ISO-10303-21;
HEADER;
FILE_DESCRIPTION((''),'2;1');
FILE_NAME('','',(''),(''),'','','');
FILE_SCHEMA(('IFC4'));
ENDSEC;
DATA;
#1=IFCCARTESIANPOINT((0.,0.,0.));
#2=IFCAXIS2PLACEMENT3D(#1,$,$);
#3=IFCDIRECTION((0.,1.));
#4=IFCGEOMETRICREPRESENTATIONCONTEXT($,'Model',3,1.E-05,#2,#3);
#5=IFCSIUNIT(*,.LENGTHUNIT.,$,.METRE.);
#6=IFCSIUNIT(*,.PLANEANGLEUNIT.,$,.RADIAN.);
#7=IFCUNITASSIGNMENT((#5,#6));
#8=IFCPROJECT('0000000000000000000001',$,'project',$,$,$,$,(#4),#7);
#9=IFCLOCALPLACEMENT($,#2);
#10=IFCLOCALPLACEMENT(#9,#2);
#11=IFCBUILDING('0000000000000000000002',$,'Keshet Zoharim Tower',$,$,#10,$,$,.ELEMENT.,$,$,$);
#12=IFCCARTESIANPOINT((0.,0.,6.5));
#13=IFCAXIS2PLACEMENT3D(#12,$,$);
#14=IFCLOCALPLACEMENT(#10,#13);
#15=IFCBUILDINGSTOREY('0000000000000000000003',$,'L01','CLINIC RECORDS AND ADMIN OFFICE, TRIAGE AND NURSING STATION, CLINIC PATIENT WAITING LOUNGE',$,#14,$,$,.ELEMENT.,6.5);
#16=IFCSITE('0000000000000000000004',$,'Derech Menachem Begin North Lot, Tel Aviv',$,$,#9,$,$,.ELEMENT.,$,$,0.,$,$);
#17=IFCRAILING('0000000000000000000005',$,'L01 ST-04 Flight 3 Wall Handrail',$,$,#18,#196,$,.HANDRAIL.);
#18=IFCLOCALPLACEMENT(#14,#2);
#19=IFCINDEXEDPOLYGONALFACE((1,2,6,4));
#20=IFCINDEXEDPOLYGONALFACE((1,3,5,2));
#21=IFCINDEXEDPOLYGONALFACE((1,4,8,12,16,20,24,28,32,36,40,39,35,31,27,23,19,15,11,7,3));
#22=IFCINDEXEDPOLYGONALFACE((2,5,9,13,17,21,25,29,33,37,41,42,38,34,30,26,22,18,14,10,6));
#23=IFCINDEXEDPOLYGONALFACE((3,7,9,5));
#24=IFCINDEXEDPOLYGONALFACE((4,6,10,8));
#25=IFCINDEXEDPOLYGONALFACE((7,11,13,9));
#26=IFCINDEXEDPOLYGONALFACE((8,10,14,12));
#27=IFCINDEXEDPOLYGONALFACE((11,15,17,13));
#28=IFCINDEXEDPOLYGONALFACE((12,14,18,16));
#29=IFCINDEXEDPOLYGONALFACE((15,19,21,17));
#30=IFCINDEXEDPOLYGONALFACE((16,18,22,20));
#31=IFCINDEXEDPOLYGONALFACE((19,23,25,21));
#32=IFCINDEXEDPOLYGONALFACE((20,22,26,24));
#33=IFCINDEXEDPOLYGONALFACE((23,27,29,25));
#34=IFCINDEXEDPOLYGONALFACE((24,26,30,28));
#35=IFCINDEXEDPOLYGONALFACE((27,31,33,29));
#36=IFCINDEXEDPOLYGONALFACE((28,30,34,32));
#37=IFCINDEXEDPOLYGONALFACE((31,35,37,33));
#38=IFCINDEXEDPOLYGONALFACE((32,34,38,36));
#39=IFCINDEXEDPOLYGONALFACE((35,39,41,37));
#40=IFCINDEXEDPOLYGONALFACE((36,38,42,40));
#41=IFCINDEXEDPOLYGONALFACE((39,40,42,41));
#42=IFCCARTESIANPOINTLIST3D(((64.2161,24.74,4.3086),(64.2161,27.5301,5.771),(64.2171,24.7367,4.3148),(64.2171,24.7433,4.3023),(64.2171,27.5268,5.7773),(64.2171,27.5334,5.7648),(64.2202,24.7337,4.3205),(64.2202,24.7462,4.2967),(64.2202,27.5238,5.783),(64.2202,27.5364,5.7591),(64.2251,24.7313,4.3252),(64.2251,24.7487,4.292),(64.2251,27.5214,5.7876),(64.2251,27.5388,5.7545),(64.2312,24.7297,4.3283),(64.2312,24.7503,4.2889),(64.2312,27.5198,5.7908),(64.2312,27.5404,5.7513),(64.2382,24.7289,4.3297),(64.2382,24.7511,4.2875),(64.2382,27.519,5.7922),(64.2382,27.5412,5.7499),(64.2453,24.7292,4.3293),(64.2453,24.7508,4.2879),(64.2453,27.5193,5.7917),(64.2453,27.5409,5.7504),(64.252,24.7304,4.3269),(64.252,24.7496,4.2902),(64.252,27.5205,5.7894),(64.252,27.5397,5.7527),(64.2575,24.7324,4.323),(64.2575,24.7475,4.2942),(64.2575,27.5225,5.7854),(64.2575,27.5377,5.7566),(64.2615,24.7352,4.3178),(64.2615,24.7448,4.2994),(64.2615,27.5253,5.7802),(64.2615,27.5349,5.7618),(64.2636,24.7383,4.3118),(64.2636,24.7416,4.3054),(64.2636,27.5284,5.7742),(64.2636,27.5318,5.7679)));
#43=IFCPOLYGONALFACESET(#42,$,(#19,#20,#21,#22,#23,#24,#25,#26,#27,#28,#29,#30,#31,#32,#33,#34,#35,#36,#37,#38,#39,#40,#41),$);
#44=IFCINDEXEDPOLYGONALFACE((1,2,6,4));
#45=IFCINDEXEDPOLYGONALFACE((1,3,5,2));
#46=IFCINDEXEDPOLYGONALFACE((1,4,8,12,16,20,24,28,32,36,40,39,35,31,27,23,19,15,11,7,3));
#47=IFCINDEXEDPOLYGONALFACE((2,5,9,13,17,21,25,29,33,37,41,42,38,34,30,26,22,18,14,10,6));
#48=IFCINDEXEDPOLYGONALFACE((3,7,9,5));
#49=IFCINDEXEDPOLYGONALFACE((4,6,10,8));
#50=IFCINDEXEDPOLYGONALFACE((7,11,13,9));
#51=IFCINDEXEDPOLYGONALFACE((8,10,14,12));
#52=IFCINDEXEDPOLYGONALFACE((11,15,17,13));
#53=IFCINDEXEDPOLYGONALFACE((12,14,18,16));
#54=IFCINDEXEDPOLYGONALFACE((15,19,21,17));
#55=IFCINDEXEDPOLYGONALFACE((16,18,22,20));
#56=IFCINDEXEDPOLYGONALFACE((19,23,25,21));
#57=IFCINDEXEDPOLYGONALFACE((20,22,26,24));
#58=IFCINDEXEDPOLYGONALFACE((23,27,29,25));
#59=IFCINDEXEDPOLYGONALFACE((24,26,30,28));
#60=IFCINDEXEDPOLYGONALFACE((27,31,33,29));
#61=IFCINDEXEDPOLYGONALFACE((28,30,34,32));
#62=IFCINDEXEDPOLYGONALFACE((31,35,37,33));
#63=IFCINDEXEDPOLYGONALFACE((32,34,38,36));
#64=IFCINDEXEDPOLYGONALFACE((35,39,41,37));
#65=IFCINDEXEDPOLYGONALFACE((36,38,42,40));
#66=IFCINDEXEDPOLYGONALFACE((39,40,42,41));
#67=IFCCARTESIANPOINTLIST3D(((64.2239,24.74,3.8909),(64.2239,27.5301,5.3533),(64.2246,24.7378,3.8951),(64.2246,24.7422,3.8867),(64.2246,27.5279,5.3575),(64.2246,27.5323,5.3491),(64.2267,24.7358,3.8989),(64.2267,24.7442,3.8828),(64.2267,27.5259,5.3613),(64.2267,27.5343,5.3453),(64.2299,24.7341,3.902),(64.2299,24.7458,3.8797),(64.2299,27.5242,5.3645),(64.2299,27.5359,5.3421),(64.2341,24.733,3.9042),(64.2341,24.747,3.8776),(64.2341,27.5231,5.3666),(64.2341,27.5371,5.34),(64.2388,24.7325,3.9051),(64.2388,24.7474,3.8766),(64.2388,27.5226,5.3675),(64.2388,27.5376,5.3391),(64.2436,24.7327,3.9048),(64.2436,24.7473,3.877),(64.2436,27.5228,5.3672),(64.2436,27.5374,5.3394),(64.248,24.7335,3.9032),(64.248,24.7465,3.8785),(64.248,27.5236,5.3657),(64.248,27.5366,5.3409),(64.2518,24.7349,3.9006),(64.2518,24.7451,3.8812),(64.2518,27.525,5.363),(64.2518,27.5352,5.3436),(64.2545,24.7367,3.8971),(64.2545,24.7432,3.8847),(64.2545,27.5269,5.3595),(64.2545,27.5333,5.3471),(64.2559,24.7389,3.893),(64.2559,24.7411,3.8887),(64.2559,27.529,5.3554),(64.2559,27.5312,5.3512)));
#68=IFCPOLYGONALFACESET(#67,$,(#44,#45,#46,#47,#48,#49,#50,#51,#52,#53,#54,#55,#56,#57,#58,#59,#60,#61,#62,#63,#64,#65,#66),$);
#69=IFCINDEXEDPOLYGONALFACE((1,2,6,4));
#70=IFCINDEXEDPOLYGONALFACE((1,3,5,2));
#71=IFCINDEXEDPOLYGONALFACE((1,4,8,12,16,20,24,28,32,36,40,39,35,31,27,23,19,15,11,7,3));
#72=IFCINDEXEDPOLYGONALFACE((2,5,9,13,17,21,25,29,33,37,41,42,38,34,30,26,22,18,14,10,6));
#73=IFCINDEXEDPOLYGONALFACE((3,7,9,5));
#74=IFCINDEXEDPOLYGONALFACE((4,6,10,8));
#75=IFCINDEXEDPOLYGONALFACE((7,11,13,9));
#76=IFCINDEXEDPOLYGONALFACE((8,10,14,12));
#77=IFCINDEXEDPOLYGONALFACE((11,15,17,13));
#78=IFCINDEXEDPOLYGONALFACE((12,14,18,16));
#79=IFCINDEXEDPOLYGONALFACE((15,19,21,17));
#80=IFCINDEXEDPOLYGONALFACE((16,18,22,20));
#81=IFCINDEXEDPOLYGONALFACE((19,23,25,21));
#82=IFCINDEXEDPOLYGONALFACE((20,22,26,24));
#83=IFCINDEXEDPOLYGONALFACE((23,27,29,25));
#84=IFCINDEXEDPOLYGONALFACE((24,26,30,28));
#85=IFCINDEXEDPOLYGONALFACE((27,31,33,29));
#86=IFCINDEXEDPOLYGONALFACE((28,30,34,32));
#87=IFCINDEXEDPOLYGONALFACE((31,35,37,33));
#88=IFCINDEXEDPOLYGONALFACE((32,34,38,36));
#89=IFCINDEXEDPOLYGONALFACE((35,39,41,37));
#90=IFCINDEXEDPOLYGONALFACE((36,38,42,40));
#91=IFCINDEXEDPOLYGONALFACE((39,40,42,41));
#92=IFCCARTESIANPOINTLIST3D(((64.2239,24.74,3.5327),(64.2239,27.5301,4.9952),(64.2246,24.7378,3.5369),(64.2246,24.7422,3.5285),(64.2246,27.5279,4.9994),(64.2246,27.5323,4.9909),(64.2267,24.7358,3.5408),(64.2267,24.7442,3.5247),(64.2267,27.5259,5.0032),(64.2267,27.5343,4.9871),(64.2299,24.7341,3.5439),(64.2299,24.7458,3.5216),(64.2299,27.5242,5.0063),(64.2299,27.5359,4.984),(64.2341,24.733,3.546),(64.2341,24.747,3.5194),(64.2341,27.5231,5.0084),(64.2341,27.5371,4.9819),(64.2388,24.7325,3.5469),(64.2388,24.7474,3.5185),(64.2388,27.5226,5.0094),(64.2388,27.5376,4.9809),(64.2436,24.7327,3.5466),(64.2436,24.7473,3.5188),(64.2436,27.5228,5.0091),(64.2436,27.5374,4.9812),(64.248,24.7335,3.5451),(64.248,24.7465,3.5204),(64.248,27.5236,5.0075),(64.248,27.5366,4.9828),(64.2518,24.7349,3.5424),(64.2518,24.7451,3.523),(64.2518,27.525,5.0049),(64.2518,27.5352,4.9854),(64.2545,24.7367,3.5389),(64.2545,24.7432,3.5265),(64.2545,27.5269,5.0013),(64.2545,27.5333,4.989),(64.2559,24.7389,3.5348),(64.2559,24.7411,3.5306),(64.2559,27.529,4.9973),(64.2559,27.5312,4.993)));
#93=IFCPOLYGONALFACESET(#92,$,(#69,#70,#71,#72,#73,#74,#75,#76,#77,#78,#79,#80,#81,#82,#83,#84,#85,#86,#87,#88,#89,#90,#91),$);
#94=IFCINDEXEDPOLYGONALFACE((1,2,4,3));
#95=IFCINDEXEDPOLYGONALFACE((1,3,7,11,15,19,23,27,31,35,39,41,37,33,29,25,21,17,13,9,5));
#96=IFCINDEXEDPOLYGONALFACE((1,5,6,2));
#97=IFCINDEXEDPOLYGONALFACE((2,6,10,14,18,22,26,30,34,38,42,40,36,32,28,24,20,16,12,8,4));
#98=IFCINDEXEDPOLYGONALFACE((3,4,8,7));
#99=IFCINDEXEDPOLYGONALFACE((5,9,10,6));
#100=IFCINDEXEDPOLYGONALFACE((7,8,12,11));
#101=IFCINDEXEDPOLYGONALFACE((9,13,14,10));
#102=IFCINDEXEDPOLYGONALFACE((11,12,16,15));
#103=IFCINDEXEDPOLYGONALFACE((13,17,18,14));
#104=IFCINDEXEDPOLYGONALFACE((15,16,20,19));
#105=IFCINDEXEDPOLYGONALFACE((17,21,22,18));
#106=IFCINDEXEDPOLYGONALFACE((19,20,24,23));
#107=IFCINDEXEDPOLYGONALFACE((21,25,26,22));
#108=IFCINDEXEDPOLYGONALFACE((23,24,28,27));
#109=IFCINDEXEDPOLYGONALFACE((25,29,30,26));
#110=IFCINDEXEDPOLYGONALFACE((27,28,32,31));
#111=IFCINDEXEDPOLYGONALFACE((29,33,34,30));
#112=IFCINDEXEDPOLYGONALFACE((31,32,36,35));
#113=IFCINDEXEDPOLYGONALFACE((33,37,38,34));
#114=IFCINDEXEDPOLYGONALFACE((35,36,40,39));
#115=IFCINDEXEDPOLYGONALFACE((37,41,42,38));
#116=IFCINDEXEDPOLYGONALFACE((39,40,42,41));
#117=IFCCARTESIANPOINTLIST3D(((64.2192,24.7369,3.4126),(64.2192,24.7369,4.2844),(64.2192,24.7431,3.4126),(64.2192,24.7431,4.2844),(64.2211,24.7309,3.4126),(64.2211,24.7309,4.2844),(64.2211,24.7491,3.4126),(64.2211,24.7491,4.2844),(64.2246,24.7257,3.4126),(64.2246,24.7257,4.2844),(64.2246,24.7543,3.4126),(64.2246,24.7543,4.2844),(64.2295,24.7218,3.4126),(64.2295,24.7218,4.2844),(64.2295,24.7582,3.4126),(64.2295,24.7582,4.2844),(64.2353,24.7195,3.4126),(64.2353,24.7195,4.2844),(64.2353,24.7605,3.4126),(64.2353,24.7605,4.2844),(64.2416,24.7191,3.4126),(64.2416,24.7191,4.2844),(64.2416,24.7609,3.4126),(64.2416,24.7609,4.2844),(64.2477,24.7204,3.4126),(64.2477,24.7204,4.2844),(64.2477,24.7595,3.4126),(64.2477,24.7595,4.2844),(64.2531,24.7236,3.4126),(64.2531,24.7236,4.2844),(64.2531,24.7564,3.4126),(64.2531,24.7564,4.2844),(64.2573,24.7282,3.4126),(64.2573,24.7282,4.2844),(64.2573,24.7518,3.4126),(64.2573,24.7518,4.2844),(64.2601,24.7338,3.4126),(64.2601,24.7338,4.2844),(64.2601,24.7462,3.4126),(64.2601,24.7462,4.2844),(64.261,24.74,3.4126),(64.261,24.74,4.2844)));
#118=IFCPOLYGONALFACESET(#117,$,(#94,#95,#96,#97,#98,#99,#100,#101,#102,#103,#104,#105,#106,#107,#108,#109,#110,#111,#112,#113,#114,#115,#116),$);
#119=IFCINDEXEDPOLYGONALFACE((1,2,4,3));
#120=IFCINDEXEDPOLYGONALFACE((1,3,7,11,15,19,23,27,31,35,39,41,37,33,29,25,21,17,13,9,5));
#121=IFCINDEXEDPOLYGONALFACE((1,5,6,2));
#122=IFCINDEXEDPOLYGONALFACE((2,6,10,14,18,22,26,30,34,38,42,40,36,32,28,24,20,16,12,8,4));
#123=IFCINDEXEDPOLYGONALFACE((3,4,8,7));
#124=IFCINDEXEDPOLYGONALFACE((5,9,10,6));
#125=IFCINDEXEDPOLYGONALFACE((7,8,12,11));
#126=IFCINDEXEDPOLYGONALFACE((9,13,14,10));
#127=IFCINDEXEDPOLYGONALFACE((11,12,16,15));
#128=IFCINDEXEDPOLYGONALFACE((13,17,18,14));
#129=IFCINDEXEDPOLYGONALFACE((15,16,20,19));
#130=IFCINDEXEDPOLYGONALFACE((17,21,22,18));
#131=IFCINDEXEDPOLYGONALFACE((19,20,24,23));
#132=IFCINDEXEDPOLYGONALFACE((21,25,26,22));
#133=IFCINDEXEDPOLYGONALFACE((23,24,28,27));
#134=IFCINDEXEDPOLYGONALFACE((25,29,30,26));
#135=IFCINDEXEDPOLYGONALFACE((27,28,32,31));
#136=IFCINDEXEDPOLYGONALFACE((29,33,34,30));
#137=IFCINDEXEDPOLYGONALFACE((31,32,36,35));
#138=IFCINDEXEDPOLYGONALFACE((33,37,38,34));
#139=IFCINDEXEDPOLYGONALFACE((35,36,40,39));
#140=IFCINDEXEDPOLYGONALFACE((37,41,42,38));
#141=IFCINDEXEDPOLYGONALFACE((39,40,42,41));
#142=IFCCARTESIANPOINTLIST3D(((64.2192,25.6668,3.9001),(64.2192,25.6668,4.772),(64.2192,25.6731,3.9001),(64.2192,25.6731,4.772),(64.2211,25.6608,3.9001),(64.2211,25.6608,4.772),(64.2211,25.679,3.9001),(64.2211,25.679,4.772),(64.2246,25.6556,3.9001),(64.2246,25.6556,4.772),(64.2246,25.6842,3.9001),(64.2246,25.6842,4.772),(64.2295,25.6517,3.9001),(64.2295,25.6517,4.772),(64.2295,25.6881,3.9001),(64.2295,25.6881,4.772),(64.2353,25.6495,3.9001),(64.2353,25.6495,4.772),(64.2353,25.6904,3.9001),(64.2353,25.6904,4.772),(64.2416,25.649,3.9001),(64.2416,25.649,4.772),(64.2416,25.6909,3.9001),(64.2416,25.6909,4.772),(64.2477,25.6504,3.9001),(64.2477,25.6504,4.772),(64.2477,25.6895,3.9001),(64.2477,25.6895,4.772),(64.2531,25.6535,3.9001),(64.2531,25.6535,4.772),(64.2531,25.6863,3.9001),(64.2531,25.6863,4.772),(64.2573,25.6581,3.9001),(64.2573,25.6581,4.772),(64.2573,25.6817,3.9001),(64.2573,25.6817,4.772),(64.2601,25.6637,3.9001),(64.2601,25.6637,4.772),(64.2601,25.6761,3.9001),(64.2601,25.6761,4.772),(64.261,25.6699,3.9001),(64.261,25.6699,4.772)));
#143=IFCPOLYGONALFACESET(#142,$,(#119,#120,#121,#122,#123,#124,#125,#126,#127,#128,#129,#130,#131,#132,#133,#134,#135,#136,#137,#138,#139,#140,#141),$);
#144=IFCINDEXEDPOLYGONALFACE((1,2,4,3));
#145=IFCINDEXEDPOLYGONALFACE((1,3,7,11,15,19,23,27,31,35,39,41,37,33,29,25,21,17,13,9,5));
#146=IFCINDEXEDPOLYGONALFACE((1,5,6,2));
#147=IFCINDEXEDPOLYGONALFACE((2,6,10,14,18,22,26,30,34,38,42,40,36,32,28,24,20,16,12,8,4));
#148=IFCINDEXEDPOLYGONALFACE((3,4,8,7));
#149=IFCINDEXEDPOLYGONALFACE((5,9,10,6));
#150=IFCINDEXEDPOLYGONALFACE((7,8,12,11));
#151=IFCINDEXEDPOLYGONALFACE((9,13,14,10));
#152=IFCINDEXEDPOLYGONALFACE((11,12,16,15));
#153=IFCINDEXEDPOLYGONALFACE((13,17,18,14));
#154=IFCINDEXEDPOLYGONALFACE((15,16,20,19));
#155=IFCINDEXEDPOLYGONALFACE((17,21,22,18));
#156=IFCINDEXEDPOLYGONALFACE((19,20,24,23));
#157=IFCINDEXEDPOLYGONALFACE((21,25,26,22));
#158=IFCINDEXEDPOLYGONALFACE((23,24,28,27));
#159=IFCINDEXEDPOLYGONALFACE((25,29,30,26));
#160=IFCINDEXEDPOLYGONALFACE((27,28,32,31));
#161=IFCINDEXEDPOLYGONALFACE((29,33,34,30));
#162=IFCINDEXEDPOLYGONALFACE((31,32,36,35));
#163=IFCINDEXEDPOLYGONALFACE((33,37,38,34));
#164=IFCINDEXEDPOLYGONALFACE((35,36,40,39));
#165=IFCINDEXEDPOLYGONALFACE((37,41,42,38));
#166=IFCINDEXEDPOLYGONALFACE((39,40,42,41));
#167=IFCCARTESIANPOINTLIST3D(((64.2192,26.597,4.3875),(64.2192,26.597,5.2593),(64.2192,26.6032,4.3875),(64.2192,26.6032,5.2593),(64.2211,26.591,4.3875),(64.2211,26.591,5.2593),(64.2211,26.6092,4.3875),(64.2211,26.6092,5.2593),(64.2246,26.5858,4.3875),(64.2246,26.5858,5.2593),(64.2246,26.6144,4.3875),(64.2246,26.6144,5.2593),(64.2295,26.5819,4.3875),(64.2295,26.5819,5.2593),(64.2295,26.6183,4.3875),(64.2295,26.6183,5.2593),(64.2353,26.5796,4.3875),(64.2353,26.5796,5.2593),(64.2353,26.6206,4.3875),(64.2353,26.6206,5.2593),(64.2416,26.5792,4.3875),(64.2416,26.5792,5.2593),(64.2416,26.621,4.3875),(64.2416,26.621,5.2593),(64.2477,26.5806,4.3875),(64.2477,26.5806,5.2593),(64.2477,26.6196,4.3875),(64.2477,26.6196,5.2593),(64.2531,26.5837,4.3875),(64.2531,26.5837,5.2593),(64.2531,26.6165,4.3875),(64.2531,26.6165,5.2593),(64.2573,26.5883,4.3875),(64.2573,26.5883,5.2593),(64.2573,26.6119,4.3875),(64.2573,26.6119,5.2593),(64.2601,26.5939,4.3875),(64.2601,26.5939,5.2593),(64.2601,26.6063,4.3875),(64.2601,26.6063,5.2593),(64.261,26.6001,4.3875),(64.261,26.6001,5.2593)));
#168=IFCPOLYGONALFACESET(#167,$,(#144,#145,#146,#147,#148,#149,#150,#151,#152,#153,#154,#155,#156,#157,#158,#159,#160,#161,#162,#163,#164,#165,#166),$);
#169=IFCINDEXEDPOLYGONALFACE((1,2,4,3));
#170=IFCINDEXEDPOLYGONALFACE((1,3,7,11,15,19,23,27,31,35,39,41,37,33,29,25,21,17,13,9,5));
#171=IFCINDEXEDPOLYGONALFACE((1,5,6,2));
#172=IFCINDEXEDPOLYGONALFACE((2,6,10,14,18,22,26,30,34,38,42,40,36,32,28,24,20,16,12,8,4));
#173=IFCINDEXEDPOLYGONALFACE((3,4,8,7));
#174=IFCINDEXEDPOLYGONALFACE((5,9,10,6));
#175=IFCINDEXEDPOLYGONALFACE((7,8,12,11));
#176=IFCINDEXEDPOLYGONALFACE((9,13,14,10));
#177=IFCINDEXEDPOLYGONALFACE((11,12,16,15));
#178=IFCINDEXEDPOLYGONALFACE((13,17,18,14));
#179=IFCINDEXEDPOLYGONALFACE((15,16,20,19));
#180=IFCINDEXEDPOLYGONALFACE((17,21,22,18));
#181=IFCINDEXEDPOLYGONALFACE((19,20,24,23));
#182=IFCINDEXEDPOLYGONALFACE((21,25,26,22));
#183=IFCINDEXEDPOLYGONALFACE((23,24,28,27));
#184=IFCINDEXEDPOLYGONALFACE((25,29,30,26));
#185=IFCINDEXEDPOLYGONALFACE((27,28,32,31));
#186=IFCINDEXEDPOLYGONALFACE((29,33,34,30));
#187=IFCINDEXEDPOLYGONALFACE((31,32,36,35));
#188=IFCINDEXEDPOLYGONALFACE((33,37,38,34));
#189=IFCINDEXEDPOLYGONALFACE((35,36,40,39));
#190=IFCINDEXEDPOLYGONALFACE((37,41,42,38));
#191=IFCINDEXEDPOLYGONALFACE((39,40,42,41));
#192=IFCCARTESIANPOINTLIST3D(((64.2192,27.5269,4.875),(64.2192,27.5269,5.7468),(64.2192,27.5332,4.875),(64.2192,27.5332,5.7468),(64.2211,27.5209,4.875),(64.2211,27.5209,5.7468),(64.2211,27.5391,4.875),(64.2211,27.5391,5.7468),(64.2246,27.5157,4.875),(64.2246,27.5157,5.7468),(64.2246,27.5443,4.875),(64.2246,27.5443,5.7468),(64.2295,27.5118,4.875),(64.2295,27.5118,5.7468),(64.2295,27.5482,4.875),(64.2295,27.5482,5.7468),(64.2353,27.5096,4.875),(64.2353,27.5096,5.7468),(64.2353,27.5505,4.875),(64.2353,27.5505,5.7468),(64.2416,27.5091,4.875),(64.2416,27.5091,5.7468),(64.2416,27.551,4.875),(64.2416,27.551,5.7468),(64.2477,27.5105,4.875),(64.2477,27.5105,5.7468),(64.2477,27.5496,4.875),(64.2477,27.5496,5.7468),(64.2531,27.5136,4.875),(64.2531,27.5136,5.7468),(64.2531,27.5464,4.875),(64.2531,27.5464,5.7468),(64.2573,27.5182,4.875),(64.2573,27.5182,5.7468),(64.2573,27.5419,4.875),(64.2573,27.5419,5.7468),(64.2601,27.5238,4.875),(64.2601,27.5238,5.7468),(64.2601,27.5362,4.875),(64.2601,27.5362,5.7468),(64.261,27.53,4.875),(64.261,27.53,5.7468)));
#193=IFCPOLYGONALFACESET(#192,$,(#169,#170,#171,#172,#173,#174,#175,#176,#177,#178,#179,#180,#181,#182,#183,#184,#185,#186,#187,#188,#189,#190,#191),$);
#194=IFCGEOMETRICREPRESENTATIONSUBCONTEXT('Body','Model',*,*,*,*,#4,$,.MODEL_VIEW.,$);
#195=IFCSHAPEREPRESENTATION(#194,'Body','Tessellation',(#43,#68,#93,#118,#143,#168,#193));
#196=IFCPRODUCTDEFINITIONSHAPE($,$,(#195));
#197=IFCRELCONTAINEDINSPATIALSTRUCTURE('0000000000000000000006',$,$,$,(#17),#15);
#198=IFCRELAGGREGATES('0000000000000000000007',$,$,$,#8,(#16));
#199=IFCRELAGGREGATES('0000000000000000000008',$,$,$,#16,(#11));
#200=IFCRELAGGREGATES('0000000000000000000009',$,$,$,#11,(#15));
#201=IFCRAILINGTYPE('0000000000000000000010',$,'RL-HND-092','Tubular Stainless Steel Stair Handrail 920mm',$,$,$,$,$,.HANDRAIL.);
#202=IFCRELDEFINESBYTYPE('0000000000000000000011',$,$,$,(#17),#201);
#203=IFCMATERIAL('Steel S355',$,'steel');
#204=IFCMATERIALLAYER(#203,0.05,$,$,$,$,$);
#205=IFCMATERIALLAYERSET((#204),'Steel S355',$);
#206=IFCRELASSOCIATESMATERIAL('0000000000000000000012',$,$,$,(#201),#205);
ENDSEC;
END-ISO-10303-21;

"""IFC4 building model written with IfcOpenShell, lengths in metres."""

from ifc_helpers import new_model, si_unit, direction, frame, origin, origin_2d, place, context, subcontext, project, spatial, circle, extrude, material, layer, layer_set, type_object, element, save


model = new_model("IFC4")

# Units and contexts
model_context = context("Model", 3, precision=1e-05, world=origin(), true_north=direction((0.0, 1.0)))
body_context = subcontext(model_context, "Body", "Model", "MODEL_VIEW")
ifc_project = project(units=[si_unit("LENGTHUNIT", "METRE"), si_unit("PLANEANGLEUNIT", "RADIAN")], contexts=[model_context])

# Site, building, storey
site_placement = place(None, origin())
site = spatial("IfcSite", under=ifc_project, at=site_placement, Name="Derech Menachem Begin North Lot, Tel Aviv", CompositionType="ELEMENT", RefElevation=0.0)
building_placement = place(site_placement, origin())
building = spatial("IfcBuilding", under=site, at=building_placement, Name="Keshet Zoharim Tower", CompositionType="ELEMENT")
storey_placement = place(building_placement, frame((0.0, 0.0, 6.5)))
storey = spatial("IfcBuildingStorey", under=building, at=storey_placement, Name="L01", Description="CLINIC RECORDS AND ADMIN OFFICE, TRIAGE AND NURSING STATION, CLINIC PATIENT WAITING LOUNGE", CompositionType="ELEMENT", Elevation=6.5)

# Shared definitions
ifc_material_1 = material(Name="Steel S355", Category="steel")

# Railing
ifc_layer_1 = layer(ifc_material_1, 0.05)
ifc_layer_set_1 = layer_set([ifc_layer_1], Name="Steel S355")
railing_type_1 = type_object("IfcRailingType", Name="RL-HND-092", Description="Tubular Stainless Steel Stair Handrail 920mm", PredefinedType="HANDRAIL", material=ifc_layer_set_1)
railing_1_placement = place(storey_placement, frame((64.24, 24.74, 3.4126)))
element("IfcRailing", 1, at=railing_1_placement, inside=storey, type_object=railing_type_1, Name="L01 ST-04 Flight 3 Wall Handrail", PredefinedType="HANDRAIL", context=body_context, shape_type="SweptSolid", body=[
    extrude(circle(Radius=0.0239, at=origin_2d()), frame((0.0, 0.0, 0.896), z_axis=(0.0, 0.885707, 0.464244), x_axis=(-1.0, 0.0, 0.0)), (0.0, 0.0, 1.0), 3.1501),
    extrude(circle(Radius=0.0161, at=origin_2d()), frame((0.0, 0.0, 0.4783), z_axis=(0.0, 0.885707, 0.464244), x_axis=(-1.0, 0.0, 0.0)), (0.0, 0.0, 1.0), 3.1501),
    extrude(circle(Radius=0.0161, at=origin_2d()), frame((0.0, 0.0, 0.1201), z_axis=(0.0, 0.885707, 0.464244), x_axis=(-1.0, 0.0, 0.0)), (0.0, 0.0, 1.0), 3.1501),
    extrude(circle(Radius=0.021, at=origin_2d()), origin(), (0.0, 0.0, 1.0), 0.8718),
    extrude(circle(Radius=0.021, at=origin_2d()), frame((0.0, 0.9299, 0.4875)), (0.0, 0.0, 1.0), 0.8718),
    extrude(circle(Radius=0.021, at=origin_2d()), frame((0.0, 1.8601, 0.9749)), (0.0, 0.0, 1.0), 0.8718),
    extrude(circle(Radius=0.021, at=origin_2d()), frame((0.0, 2.79, 1.4624)), (0.0, 0.0, 1.0), 0.8718),
])

save(model, "model.ifc")
